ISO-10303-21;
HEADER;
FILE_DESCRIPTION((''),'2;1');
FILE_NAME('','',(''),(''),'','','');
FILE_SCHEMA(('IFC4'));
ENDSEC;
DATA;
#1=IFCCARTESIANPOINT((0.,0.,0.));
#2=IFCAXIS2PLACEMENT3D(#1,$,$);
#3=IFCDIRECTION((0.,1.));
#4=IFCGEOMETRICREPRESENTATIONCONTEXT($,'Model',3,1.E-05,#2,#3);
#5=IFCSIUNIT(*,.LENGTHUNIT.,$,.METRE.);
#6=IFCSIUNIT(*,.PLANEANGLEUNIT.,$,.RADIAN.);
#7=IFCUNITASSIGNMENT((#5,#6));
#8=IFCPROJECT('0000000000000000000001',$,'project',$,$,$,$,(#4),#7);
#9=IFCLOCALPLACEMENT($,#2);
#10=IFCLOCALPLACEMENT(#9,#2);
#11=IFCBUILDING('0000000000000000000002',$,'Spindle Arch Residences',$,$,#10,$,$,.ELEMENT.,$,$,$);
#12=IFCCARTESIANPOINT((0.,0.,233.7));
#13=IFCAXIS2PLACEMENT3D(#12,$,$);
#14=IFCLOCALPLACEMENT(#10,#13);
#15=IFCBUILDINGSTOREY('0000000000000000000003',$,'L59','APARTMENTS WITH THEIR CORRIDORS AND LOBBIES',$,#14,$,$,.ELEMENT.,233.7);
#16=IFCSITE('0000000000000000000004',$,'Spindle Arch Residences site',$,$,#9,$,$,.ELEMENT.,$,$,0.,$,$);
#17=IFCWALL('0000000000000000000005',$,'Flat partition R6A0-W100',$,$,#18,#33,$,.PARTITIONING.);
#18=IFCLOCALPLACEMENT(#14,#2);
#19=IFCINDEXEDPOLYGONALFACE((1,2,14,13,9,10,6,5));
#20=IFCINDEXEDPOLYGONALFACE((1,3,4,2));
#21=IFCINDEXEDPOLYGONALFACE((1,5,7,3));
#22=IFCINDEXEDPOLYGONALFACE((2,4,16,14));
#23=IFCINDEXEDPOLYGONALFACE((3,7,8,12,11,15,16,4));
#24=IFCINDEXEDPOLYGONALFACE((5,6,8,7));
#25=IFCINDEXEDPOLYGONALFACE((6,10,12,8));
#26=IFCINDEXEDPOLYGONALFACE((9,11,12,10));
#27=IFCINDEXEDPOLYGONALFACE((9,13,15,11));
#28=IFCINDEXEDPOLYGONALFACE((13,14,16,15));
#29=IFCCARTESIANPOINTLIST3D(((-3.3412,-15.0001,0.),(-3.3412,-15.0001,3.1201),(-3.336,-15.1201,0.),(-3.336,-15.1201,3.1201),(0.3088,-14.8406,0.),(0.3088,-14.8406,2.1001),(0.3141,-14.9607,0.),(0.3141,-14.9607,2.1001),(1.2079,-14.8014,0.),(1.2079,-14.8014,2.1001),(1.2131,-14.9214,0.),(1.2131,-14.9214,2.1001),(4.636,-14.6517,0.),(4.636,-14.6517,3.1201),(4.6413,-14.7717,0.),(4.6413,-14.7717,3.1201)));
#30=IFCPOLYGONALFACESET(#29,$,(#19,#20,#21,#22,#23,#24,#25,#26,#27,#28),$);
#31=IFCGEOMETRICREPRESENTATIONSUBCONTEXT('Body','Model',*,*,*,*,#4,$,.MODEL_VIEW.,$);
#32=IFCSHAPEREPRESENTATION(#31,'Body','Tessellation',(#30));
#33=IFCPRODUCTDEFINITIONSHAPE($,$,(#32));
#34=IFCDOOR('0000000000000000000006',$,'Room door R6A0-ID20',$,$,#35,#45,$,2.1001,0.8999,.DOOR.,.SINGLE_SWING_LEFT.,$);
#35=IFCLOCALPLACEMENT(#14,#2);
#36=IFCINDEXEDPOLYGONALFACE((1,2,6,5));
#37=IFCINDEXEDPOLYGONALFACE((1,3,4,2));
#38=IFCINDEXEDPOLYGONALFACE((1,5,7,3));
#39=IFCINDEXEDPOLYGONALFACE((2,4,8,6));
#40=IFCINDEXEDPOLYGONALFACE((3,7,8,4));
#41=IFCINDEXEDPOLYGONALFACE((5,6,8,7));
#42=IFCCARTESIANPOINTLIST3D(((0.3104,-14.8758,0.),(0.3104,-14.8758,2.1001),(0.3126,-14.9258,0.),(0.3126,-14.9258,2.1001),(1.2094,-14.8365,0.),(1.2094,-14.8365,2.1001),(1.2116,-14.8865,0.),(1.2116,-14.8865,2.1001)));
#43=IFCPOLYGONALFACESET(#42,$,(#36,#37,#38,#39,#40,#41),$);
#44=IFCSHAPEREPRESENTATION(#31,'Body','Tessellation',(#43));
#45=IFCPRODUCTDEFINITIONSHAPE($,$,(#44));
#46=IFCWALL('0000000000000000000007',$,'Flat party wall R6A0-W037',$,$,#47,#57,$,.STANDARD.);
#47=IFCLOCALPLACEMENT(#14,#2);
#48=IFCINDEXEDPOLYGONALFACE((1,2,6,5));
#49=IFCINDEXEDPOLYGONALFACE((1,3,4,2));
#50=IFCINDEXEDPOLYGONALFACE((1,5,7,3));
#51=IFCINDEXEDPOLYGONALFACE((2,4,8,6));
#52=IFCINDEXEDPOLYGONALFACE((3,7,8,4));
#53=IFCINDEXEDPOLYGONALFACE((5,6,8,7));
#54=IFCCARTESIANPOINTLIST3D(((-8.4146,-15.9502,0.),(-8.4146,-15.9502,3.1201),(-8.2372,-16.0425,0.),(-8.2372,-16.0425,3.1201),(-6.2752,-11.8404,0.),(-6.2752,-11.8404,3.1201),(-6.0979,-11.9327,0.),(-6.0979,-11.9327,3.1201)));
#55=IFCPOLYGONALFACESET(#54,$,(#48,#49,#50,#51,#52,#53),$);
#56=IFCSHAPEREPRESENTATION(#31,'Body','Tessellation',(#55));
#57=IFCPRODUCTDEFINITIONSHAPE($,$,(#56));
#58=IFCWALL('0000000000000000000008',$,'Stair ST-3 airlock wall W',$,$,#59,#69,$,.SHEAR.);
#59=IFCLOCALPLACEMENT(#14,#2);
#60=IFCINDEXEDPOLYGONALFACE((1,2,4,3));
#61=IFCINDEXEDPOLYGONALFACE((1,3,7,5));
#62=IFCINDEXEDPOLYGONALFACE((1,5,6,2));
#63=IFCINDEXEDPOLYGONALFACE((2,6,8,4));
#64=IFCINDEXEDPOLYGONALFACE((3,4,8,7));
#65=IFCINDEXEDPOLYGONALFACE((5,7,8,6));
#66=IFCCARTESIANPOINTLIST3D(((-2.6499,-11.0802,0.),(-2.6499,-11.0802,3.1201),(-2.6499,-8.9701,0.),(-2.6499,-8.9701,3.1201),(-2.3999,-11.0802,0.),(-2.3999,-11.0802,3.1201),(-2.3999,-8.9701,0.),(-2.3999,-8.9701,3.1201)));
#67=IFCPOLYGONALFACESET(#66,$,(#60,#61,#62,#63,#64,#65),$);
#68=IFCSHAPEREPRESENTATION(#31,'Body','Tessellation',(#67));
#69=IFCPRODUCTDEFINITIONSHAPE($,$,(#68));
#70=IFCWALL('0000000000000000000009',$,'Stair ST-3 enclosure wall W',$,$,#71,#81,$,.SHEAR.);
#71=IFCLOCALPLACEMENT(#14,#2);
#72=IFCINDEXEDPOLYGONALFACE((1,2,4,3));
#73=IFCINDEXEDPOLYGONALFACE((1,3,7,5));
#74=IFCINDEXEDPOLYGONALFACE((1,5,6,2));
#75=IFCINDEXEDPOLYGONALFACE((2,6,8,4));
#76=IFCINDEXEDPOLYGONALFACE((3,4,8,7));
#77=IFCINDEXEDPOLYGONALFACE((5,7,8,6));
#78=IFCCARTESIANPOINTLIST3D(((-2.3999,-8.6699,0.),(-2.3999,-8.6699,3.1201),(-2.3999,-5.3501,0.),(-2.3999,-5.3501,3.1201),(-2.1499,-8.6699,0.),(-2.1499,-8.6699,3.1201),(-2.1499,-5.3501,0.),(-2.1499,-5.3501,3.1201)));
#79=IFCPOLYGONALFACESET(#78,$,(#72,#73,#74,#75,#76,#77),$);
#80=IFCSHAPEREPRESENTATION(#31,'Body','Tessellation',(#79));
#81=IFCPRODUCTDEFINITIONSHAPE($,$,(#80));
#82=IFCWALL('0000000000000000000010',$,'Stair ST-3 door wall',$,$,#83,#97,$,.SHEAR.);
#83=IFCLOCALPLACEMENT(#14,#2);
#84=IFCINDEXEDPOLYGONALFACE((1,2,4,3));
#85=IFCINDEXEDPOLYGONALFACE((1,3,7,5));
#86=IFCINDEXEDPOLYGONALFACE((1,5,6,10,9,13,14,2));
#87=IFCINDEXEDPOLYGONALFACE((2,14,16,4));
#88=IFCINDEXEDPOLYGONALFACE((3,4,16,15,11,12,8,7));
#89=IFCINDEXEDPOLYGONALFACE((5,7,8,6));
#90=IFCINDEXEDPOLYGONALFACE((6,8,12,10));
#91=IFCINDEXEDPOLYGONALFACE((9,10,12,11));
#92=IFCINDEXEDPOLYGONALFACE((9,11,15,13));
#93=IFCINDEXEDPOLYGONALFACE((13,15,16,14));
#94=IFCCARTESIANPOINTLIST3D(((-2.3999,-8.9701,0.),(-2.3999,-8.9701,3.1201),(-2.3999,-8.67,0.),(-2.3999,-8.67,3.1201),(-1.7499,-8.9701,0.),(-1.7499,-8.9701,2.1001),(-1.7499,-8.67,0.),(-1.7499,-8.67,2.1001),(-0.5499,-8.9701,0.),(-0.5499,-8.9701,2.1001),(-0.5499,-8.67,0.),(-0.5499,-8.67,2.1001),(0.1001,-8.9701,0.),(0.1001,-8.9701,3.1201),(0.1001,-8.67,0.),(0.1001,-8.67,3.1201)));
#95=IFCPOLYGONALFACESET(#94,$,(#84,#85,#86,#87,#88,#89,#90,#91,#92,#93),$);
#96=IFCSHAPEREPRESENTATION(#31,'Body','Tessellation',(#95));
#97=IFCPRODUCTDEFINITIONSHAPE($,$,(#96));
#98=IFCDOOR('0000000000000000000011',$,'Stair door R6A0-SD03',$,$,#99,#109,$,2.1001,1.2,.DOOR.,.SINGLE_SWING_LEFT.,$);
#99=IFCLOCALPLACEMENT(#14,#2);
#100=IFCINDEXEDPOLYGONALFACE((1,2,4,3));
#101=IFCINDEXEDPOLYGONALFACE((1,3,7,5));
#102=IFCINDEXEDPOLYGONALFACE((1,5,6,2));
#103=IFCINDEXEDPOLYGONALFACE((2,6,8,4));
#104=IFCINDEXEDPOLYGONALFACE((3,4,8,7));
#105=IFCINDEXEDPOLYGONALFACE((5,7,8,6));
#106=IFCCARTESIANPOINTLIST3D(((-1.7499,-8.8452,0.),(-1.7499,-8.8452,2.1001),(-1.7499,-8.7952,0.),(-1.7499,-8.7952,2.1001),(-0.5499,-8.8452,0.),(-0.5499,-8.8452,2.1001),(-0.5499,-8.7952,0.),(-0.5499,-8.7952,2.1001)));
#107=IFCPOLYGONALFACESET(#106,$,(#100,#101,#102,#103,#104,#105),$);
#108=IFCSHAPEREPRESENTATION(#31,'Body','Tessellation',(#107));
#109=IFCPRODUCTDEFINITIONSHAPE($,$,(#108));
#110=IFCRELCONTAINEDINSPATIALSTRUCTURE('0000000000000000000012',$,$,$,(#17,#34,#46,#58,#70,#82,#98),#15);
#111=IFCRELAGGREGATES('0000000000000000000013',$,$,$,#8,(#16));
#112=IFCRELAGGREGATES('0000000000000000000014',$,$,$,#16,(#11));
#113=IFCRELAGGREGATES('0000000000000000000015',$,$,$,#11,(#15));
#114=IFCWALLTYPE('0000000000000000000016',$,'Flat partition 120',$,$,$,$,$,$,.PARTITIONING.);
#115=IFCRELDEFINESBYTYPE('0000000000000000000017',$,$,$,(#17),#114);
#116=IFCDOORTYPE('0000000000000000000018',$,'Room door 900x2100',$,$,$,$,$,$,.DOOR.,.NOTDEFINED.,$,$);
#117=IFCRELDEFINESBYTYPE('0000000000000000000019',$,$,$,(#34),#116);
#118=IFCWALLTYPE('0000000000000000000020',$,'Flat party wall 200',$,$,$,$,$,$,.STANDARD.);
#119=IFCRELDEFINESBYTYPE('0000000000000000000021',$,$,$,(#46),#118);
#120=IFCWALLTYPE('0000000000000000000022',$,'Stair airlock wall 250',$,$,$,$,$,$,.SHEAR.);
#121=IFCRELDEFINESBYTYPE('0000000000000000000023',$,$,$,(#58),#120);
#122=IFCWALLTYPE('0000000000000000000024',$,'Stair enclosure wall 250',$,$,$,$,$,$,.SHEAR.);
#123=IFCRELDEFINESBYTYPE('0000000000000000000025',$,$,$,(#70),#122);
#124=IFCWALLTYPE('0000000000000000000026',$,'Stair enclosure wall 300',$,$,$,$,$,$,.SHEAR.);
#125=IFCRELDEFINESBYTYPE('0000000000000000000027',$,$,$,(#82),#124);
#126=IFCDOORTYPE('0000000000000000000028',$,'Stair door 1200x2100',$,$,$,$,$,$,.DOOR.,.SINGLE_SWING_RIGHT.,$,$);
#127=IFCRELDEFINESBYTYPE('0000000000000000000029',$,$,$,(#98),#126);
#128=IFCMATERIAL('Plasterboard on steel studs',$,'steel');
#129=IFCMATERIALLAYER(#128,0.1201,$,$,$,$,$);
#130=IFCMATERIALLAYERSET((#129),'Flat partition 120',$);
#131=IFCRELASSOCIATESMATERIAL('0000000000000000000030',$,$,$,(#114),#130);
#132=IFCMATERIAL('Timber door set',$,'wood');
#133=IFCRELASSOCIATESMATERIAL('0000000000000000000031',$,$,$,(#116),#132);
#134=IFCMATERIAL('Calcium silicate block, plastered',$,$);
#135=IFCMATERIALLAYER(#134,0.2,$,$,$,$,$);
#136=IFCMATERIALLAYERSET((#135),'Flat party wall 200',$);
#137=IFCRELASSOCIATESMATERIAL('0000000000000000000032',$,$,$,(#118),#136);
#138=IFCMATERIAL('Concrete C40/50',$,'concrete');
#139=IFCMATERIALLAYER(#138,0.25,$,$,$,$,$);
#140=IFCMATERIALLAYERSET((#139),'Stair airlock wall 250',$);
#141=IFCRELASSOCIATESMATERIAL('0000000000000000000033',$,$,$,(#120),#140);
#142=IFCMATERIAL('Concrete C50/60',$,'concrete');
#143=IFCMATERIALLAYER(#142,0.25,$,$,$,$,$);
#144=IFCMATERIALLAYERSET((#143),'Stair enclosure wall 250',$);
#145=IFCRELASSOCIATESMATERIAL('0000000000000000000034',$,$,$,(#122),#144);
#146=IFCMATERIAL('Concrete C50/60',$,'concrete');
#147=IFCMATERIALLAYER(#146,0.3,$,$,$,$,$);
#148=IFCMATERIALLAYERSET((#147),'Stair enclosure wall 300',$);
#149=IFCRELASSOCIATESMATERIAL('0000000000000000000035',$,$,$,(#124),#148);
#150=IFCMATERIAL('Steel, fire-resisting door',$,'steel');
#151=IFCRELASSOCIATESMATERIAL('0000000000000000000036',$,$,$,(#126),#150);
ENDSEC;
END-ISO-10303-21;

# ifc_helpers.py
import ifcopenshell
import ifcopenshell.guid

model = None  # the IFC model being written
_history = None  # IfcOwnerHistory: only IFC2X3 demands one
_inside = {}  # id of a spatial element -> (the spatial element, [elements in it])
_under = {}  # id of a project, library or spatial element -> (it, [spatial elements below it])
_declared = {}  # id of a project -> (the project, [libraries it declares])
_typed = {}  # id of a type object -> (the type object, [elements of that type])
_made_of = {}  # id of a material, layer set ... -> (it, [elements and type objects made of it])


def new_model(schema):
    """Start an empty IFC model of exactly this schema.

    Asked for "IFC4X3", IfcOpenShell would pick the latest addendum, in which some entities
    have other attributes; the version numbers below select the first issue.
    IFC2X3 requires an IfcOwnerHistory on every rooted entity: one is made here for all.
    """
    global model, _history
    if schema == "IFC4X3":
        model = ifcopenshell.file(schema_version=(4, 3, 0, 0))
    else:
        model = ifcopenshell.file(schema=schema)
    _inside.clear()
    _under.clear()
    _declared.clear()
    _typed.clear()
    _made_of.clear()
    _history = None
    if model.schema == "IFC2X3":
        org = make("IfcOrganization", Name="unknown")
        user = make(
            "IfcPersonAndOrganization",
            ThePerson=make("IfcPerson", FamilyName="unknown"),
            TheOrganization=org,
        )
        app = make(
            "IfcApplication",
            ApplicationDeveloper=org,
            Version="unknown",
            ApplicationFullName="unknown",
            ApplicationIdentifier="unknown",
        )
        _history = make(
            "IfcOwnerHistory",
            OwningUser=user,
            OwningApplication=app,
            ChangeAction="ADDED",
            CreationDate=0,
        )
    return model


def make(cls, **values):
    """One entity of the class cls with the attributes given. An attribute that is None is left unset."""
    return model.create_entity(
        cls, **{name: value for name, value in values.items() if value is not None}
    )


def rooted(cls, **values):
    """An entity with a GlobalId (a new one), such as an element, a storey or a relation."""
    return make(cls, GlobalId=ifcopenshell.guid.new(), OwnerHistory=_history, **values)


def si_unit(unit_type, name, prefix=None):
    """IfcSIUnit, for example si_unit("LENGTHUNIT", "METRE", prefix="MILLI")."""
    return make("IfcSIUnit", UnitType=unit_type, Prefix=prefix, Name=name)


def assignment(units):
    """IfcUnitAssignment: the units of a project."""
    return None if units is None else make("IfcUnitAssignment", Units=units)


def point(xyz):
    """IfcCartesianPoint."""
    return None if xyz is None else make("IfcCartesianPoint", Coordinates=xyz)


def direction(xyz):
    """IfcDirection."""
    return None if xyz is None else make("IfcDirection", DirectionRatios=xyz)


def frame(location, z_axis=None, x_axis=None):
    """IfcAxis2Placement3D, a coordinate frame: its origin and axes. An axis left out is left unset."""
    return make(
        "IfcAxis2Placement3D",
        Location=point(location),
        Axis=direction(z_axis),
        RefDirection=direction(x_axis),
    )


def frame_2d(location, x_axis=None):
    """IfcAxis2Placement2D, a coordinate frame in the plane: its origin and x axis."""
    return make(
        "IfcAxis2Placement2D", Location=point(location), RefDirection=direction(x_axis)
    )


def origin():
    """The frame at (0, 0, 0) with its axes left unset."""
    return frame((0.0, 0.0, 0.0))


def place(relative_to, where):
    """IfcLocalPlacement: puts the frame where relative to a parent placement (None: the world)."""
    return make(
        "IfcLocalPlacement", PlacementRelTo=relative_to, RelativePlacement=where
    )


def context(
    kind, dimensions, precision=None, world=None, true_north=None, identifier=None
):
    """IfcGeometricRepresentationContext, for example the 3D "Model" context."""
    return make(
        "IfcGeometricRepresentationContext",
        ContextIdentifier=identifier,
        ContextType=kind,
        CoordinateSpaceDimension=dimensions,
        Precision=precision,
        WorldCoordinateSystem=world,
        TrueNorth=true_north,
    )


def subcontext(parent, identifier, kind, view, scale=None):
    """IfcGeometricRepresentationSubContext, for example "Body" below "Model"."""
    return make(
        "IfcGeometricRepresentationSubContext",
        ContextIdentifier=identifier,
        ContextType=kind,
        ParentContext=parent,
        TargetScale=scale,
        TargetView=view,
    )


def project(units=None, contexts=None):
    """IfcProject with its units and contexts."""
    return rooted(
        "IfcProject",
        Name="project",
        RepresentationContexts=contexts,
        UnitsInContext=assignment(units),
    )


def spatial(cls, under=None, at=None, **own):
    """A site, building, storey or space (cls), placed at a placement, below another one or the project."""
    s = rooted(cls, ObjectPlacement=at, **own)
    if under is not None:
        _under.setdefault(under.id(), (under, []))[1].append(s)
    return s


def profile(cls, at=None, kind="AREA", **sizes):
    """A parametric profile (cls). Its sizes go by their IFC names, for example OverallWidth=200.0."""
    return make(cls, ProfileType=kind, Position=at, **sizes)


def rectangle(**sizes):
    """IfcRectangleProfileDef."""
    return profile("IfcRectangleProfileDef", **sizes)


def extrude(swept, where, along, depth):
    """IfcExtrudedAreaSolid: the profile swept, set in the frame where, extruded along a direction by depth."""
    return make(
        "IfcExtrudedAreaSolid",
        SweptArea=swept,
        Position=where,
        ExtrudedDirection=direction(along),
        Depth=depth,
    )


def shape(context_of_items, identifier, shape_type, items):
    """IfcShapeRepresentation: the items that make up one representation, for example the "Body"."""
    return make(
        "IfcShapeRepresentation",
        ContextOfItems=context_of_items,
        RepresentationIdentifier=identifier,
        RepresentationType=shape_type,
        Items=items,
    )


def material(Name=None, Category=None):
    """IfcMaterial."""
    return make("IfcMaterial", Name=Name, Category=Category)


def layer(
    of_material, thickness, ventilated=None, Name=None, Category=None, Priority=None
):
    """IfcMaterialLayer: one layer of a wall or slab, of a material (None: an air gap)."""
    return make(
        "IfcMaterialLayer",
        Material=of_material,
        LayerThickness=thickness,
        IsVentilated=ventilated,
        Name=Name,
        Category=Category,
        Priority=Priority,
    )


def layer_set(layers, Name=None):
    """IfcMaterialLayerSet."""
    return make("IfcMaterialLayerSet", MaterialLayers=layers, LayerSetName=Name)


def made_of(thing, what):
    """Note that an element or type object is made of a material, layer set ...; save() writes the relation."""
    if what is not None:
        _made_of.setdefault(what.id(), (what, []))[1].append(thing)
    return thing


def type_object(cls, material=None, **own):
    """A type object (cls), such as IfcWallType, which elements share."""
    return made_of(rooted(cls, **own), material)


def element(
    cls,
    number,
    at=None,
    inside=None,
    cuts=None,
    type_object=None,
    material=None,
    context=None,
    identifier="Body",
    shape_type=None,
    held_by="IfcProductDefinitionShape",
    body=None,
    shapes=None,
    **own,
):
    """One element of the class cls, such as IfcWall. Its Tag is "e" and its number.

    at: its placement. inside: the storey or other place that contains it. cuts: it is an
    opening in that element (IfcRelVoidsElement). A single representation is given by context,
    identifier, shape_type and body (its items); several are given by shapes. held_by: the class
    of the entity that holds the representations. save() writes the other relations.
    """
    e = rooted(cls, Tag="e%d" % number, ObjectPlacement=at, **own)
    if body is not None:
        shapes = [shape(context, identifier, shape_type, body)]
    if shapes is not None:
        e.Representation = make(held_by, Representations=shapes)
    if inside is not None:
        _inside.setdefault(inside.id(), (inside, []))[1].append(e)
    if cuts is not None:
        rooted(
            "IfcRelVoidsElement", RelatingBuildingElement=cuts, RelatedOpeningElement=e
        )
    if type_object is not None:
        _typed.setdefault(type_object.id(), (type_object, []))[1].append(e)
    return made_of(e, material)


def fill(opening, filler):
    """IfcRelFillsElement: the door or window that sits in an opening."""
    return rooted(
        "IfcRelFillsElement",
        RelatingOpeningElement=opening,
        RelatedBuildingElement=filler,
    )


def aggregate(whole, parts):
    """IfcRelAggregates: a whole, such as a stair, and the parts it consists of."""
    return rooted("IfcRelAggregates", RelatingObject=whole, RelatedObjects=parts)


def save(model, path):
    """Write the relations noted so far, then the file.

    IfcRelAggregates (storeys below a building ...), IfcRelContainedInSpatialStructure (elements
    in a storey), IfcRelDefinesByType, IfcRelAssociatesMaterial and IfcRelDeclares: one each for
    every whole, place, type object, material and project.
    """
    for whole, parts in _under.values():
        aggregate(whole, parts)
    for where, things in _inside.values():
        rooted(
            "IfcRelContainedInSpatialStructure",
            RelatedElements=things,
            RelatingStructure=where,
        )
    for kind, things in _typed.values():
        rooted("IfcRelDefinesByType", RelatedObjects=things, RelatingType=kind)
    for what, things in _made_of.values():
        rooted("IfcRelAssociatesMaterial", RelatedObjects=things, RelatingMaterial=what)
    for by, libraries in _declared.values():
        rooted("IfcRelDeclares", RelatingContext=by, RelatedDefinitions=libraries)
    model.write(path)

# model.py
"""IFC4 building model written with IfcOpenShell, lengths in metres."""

from ifc_helpers import new_model, si_unit, direction, frame, frame_2d, origin, place, context, subcontext, project, spatial, rectangle, extrude, material, layer, layer_set, type_object, element, fill, save


model = new_model("IFC4")

# Units and contexts
model_context = context("Model", 3, precision=1e-05, world=origin(), true_north=direction((0.0, 1.0)))
body_context = subcontext(model_context, "Body", "Model", "MODEL_VIEW")
ifc_project = project(units=[si_unit("LENGTHUNIT", "METRE"), si_unit("PLANEANGLEUNIT", "RADIAN")], contexts=[model_context])

# Site, building, storey
site_placement = place(None, origin())
site = spatial("IfcSite", under=ifc_project, at=site_placement, Name="Spindle Arch Residences site", CompositionType="ELEMENT", RefElevation=0.0)
building_placement = place(site_placement, origin())
building = spatial("IfcBuilding", under=site, at=building_placement, Name="Spindle Arch Residences", CompositionType="ELEMENT")
storey_placement = place(building_placement, frame((0.0, 0.0, 233.7)))
storey = spatial("IfcBuildingStorey", under=building, at=storey_placement, Name="L59", Description="APARTMENTS WITH THEIR CORRIDORS AND LOBBIES", CompositionType="ELEMENT", Elevation=233.7)

# Shared definitions
ifc_material_1 = material(Name="Plasterboard on steel studs", Category="steel")
ifc_layer_1 = layer(ifc_material_1, 0.1201)
ifc_layer_set_1 = layer_set([ifc_layer_1], Name="Flat partition 120")
wall_type_1 = type_object("IfcWallType", Name="Flat partition 120", PredefinedType="PARTITIONING", material=ifc_layer_set_1)
ifc_material_2 = material(Name="Timber door set", Category="wood")
door_type_1 = type_object("IfcDoorType", Name="Room door 900x2100", OperationType="NOTDEFINED", PredefinedType="DOOR", material=ifc_material_2)

# Wall, opening, door
wall_1_placement = place(storey_placement, frame((-3.3386, -15.0601, 0.0), z_axis=(0.0, 0.0, 1.0), x_axis=(0.999048, 0.043631, 0.0)))
wall_1 = element("IfcWall", 1, at=wall_1_placement, inside=storey, type_object=wall_type_1, Name="Flat partition R6A0-W100", PredefinedType="PARTITIONING", context=body_context, shape_type="SweptSolid", body=[
    extrude(rectangle(XDim=7.9849, YDim=0.1201, at=frame_2d((3.9924, 0.0))), origin(), (0.0, 0.0, 1.0), 3.1201),
])
opening_1_placement = place(wall_1_placement, frame((3.6536, 0.0, 0.0)))
opening_1 = element("IfcOpeningElement", 2, at=opening_1_placement, cuts=wall_1, PredefinedType="OPENING", context=body_context, shape_type="SweptSolid", body=[
    extrude(rectangle(XDim=0.8999, YDim=2.1001, at=frame_2d((0.45, 1.05))), frame((0.0, 0.0701, 0.0), z_axis=(0.0, -1.0, 0.0), x_axis=(1.0, 0.0, 0.0)), (0.0, 0.0, 1.0), 0.1401),
])
door_1_placement = place(opening_1_placement, origin())
door_1 = element("IfcDoor", 3, at=door_1_placement, inside=storey, type_object=door_type_1, Name="Room door R6A0-ID20", OperationType="SINGLE_SWING_LEFT", OverallHeight=2.1001, OverallWidth=0.8999, PredefinedType="DOOR", context=body_context, shape_type="SweptSolid", body=[
    extrude(rectangle(XDim=0.8999, YDim=2.1001, at=frame_2d((0.45, 1.05))), frame((0.0, 0.0249, 0.0), z_axis=(0.0, -1.0, 0.0), x_axis=(1.0, 0.0, 0.0)), (0.0, 0.0, 1.0), 0.05),
])
fill(opening_1, door_1)

# Walls
ifc_material_3 = material(Name="Calcium silicate block, plastered")
ifc_layer_2 = layer(ifc_material_3, 0.2)
ifc_layer_set_2 = layer_set([ifc_layer_2], Name="Flat party wall 200")
wall_type_2 = type_object("IfcWallType", Name="Flat party wall 200", PredefinedType="STANDARD", material=ifc_layer_set_2)
wall_2_placement = place(storey_placement, frame((-8.3259, -15.9963, 0.0), z_axis=(0.0, 0.0, 1.0), x_axis=(0.461739, 0.887016, 0.0)))
element("IfcWall", 4, at=wall_2_placement, inside=storey, type_object=wall_type_2, Name="Flat party wall R6A0-W037", PredefinedType="STANDARD", context=body_context, shape_type="SweptSolid", body=[
    extrude(rectangle(XDim=4.6333, YDim=0.2, at=frame_2d((2.3167, 0.0))), origin(), (0.0, 0.0, 1.0), 3.1201),
])
ifc_material_4 = material(Name="Concrete C40/50", Category="concrete")
ifc_layer_3 = layer(ifc_material_4, 0.25)
ifc_layer_set_3 = layer_set([ifc_layer_3], Name="Stair airlock wall 250")
wall_type_3 = type_object("IfcWallType", Name="Stair airlock wall 250", PredefinedType="SHEAR", material=ifc_layer_set_3)
wall_3_placement = place(storey_placement, frame((-2.5249, -8.97, 0.0), z_axis=(0.0, 0.0, 1.0), x_axis=(0.0, -1.0, 0.0)))
element("IfcWall", 5, at=wall_3_placement, inside=storey, type_object=wall_type_3, Name="Stair ST-3 airlock wall W", PredefinedType="SHEAR", context=body_context, shape_type="SweptSolid", body=[
    extrude(rectangle(XDim=2.1101, YDim=0.25, at=frame_2d((1.0552, 0.0))), origin(), (0.0, 0.0, 1.0), 3.1201),
])
ifc_material_5 = material(Name="Concrete C50/60", Category="concrete")
ifc_layer_4 = layer(ifc_material_5, 0.25)
ifc_layer_set_4 = layer_set([ifc_layer_4], Name="Stair enclosure wall 250")
wall_type_4 = type_object("IfcWallType", Name="Stair enclosure wall 250", PredefinedType="SHEAR", material=ifc_layer_set_4)
wall_4_placement = place(storey_placement, frame((-2.2749, -8.6699, 0.0), z_axis=(0.0, 0.0, 1.0), x_axis=(0.0, 1.0, 0.0)))
element("IfcWall", 6, at=wall_4_placement, inside=storey, type_object=wall_type_4, Name="Stair ST-3 enclosure wall W", PredefinedType="SHEAR", context=body_context, shape_type="SweptSolid", body=[
    extrude(rectangle(XDim=3.3198, YDim=0.25, at=frame_2d((1.6599, 0.0))), origin(), (0.0, 0.0, 1.0), 3.1201),
])

# Wall, opening, door
ifc_material_6 = material(Name="Concrete C50/60", Category="concrete")
ifc_layer_5 = layer(ifc_material_6, 0.3)
ifc_layer_set_5 = layer_set([ifc_layer_5], Name="Stair enclosure wall 300")
wall_type_5 = type_object("IfcWallType", Name="Stair enclosure wall 300", PredefinedType="SHEAR", material=ifc_layer_set_5)
wall_5_placement = place(storey_placement, frame((-2.3999, -8.8201, 0.0), z_axis=(0.0, 0.0, 1.0), x_axis=(1.0, 0.0, 0.0)))
wall_5 = element("IfcWall", 7, at=wall_5_placement, inside=storey, type_object=wall_type_5, Name="Stair ST-3 door wall", PredefinedType="SHEAR", context=body_context, shape_type="SweptSolid", body=[
    extrude(rectangle(XDim=2.5, YDim=0.3, at=frame_2d((1.25, 0.0))), origin(), (0.0, 0.0, 1.0), 3.1201),
])
opening_2_placement = place(wall_5_placement, frame((0.6499, 0.0, 0.0)))
opening_2 = element("IfcOpeningElement", 8, at=opening_2_placement, cuts=wall_5, PredefinedType="OPENING", context=body_context, shape_type="SweptSolid", body=[
    extrude(rectangle(XDim=1.2, YDim=2.1001, at=frame_2d((0.6001, 1.05))), frame((0.0, 0.1602, 0.0), z_axis=(0.0, -1.0, 0.0), x_axis=(1.0, 0.0, 0.0)), (0.0, 0.0, 1.0), 0.3201),
])
ifc_material_7 = material(Name="Steel, fire-resisting door", Category="steel")
door_type_2 = type_object("IfcDoorType", Name="Stair door 1200x2100", OperationType="SINGLE_SWING_RIGHT", PredefinedType="DOOR", material=ifc_material_7)
door_2_placement = place(opening_2_placement, origin())
door_2 = element("IfcDoor", 9, at=door_2_placement, inside=storey, type_object=door_type_2, Name="Stair door R6A0-SD03", OperationType="SINGLE_SWING_LEFT", OverallHeight=2.1001, OverallWidth=1.2, PredefinedType="DOOR", context=body_context, shape_type="SweptSolid", body=[
    extrude(rectangle(XDim=1.2, YDim=2.1001, at=frame_2d((0.6001, 1.05))), frame((0.0, 0.0249, 0.0), z_axis=(0.0, -1.0, 0.0), x_axis=(1.0, 0.0, 0.0)), (0.0, 0.0, 1.0), 0.05),
])
fill(opening_2, door_2)

save(model, "model.ifc")
